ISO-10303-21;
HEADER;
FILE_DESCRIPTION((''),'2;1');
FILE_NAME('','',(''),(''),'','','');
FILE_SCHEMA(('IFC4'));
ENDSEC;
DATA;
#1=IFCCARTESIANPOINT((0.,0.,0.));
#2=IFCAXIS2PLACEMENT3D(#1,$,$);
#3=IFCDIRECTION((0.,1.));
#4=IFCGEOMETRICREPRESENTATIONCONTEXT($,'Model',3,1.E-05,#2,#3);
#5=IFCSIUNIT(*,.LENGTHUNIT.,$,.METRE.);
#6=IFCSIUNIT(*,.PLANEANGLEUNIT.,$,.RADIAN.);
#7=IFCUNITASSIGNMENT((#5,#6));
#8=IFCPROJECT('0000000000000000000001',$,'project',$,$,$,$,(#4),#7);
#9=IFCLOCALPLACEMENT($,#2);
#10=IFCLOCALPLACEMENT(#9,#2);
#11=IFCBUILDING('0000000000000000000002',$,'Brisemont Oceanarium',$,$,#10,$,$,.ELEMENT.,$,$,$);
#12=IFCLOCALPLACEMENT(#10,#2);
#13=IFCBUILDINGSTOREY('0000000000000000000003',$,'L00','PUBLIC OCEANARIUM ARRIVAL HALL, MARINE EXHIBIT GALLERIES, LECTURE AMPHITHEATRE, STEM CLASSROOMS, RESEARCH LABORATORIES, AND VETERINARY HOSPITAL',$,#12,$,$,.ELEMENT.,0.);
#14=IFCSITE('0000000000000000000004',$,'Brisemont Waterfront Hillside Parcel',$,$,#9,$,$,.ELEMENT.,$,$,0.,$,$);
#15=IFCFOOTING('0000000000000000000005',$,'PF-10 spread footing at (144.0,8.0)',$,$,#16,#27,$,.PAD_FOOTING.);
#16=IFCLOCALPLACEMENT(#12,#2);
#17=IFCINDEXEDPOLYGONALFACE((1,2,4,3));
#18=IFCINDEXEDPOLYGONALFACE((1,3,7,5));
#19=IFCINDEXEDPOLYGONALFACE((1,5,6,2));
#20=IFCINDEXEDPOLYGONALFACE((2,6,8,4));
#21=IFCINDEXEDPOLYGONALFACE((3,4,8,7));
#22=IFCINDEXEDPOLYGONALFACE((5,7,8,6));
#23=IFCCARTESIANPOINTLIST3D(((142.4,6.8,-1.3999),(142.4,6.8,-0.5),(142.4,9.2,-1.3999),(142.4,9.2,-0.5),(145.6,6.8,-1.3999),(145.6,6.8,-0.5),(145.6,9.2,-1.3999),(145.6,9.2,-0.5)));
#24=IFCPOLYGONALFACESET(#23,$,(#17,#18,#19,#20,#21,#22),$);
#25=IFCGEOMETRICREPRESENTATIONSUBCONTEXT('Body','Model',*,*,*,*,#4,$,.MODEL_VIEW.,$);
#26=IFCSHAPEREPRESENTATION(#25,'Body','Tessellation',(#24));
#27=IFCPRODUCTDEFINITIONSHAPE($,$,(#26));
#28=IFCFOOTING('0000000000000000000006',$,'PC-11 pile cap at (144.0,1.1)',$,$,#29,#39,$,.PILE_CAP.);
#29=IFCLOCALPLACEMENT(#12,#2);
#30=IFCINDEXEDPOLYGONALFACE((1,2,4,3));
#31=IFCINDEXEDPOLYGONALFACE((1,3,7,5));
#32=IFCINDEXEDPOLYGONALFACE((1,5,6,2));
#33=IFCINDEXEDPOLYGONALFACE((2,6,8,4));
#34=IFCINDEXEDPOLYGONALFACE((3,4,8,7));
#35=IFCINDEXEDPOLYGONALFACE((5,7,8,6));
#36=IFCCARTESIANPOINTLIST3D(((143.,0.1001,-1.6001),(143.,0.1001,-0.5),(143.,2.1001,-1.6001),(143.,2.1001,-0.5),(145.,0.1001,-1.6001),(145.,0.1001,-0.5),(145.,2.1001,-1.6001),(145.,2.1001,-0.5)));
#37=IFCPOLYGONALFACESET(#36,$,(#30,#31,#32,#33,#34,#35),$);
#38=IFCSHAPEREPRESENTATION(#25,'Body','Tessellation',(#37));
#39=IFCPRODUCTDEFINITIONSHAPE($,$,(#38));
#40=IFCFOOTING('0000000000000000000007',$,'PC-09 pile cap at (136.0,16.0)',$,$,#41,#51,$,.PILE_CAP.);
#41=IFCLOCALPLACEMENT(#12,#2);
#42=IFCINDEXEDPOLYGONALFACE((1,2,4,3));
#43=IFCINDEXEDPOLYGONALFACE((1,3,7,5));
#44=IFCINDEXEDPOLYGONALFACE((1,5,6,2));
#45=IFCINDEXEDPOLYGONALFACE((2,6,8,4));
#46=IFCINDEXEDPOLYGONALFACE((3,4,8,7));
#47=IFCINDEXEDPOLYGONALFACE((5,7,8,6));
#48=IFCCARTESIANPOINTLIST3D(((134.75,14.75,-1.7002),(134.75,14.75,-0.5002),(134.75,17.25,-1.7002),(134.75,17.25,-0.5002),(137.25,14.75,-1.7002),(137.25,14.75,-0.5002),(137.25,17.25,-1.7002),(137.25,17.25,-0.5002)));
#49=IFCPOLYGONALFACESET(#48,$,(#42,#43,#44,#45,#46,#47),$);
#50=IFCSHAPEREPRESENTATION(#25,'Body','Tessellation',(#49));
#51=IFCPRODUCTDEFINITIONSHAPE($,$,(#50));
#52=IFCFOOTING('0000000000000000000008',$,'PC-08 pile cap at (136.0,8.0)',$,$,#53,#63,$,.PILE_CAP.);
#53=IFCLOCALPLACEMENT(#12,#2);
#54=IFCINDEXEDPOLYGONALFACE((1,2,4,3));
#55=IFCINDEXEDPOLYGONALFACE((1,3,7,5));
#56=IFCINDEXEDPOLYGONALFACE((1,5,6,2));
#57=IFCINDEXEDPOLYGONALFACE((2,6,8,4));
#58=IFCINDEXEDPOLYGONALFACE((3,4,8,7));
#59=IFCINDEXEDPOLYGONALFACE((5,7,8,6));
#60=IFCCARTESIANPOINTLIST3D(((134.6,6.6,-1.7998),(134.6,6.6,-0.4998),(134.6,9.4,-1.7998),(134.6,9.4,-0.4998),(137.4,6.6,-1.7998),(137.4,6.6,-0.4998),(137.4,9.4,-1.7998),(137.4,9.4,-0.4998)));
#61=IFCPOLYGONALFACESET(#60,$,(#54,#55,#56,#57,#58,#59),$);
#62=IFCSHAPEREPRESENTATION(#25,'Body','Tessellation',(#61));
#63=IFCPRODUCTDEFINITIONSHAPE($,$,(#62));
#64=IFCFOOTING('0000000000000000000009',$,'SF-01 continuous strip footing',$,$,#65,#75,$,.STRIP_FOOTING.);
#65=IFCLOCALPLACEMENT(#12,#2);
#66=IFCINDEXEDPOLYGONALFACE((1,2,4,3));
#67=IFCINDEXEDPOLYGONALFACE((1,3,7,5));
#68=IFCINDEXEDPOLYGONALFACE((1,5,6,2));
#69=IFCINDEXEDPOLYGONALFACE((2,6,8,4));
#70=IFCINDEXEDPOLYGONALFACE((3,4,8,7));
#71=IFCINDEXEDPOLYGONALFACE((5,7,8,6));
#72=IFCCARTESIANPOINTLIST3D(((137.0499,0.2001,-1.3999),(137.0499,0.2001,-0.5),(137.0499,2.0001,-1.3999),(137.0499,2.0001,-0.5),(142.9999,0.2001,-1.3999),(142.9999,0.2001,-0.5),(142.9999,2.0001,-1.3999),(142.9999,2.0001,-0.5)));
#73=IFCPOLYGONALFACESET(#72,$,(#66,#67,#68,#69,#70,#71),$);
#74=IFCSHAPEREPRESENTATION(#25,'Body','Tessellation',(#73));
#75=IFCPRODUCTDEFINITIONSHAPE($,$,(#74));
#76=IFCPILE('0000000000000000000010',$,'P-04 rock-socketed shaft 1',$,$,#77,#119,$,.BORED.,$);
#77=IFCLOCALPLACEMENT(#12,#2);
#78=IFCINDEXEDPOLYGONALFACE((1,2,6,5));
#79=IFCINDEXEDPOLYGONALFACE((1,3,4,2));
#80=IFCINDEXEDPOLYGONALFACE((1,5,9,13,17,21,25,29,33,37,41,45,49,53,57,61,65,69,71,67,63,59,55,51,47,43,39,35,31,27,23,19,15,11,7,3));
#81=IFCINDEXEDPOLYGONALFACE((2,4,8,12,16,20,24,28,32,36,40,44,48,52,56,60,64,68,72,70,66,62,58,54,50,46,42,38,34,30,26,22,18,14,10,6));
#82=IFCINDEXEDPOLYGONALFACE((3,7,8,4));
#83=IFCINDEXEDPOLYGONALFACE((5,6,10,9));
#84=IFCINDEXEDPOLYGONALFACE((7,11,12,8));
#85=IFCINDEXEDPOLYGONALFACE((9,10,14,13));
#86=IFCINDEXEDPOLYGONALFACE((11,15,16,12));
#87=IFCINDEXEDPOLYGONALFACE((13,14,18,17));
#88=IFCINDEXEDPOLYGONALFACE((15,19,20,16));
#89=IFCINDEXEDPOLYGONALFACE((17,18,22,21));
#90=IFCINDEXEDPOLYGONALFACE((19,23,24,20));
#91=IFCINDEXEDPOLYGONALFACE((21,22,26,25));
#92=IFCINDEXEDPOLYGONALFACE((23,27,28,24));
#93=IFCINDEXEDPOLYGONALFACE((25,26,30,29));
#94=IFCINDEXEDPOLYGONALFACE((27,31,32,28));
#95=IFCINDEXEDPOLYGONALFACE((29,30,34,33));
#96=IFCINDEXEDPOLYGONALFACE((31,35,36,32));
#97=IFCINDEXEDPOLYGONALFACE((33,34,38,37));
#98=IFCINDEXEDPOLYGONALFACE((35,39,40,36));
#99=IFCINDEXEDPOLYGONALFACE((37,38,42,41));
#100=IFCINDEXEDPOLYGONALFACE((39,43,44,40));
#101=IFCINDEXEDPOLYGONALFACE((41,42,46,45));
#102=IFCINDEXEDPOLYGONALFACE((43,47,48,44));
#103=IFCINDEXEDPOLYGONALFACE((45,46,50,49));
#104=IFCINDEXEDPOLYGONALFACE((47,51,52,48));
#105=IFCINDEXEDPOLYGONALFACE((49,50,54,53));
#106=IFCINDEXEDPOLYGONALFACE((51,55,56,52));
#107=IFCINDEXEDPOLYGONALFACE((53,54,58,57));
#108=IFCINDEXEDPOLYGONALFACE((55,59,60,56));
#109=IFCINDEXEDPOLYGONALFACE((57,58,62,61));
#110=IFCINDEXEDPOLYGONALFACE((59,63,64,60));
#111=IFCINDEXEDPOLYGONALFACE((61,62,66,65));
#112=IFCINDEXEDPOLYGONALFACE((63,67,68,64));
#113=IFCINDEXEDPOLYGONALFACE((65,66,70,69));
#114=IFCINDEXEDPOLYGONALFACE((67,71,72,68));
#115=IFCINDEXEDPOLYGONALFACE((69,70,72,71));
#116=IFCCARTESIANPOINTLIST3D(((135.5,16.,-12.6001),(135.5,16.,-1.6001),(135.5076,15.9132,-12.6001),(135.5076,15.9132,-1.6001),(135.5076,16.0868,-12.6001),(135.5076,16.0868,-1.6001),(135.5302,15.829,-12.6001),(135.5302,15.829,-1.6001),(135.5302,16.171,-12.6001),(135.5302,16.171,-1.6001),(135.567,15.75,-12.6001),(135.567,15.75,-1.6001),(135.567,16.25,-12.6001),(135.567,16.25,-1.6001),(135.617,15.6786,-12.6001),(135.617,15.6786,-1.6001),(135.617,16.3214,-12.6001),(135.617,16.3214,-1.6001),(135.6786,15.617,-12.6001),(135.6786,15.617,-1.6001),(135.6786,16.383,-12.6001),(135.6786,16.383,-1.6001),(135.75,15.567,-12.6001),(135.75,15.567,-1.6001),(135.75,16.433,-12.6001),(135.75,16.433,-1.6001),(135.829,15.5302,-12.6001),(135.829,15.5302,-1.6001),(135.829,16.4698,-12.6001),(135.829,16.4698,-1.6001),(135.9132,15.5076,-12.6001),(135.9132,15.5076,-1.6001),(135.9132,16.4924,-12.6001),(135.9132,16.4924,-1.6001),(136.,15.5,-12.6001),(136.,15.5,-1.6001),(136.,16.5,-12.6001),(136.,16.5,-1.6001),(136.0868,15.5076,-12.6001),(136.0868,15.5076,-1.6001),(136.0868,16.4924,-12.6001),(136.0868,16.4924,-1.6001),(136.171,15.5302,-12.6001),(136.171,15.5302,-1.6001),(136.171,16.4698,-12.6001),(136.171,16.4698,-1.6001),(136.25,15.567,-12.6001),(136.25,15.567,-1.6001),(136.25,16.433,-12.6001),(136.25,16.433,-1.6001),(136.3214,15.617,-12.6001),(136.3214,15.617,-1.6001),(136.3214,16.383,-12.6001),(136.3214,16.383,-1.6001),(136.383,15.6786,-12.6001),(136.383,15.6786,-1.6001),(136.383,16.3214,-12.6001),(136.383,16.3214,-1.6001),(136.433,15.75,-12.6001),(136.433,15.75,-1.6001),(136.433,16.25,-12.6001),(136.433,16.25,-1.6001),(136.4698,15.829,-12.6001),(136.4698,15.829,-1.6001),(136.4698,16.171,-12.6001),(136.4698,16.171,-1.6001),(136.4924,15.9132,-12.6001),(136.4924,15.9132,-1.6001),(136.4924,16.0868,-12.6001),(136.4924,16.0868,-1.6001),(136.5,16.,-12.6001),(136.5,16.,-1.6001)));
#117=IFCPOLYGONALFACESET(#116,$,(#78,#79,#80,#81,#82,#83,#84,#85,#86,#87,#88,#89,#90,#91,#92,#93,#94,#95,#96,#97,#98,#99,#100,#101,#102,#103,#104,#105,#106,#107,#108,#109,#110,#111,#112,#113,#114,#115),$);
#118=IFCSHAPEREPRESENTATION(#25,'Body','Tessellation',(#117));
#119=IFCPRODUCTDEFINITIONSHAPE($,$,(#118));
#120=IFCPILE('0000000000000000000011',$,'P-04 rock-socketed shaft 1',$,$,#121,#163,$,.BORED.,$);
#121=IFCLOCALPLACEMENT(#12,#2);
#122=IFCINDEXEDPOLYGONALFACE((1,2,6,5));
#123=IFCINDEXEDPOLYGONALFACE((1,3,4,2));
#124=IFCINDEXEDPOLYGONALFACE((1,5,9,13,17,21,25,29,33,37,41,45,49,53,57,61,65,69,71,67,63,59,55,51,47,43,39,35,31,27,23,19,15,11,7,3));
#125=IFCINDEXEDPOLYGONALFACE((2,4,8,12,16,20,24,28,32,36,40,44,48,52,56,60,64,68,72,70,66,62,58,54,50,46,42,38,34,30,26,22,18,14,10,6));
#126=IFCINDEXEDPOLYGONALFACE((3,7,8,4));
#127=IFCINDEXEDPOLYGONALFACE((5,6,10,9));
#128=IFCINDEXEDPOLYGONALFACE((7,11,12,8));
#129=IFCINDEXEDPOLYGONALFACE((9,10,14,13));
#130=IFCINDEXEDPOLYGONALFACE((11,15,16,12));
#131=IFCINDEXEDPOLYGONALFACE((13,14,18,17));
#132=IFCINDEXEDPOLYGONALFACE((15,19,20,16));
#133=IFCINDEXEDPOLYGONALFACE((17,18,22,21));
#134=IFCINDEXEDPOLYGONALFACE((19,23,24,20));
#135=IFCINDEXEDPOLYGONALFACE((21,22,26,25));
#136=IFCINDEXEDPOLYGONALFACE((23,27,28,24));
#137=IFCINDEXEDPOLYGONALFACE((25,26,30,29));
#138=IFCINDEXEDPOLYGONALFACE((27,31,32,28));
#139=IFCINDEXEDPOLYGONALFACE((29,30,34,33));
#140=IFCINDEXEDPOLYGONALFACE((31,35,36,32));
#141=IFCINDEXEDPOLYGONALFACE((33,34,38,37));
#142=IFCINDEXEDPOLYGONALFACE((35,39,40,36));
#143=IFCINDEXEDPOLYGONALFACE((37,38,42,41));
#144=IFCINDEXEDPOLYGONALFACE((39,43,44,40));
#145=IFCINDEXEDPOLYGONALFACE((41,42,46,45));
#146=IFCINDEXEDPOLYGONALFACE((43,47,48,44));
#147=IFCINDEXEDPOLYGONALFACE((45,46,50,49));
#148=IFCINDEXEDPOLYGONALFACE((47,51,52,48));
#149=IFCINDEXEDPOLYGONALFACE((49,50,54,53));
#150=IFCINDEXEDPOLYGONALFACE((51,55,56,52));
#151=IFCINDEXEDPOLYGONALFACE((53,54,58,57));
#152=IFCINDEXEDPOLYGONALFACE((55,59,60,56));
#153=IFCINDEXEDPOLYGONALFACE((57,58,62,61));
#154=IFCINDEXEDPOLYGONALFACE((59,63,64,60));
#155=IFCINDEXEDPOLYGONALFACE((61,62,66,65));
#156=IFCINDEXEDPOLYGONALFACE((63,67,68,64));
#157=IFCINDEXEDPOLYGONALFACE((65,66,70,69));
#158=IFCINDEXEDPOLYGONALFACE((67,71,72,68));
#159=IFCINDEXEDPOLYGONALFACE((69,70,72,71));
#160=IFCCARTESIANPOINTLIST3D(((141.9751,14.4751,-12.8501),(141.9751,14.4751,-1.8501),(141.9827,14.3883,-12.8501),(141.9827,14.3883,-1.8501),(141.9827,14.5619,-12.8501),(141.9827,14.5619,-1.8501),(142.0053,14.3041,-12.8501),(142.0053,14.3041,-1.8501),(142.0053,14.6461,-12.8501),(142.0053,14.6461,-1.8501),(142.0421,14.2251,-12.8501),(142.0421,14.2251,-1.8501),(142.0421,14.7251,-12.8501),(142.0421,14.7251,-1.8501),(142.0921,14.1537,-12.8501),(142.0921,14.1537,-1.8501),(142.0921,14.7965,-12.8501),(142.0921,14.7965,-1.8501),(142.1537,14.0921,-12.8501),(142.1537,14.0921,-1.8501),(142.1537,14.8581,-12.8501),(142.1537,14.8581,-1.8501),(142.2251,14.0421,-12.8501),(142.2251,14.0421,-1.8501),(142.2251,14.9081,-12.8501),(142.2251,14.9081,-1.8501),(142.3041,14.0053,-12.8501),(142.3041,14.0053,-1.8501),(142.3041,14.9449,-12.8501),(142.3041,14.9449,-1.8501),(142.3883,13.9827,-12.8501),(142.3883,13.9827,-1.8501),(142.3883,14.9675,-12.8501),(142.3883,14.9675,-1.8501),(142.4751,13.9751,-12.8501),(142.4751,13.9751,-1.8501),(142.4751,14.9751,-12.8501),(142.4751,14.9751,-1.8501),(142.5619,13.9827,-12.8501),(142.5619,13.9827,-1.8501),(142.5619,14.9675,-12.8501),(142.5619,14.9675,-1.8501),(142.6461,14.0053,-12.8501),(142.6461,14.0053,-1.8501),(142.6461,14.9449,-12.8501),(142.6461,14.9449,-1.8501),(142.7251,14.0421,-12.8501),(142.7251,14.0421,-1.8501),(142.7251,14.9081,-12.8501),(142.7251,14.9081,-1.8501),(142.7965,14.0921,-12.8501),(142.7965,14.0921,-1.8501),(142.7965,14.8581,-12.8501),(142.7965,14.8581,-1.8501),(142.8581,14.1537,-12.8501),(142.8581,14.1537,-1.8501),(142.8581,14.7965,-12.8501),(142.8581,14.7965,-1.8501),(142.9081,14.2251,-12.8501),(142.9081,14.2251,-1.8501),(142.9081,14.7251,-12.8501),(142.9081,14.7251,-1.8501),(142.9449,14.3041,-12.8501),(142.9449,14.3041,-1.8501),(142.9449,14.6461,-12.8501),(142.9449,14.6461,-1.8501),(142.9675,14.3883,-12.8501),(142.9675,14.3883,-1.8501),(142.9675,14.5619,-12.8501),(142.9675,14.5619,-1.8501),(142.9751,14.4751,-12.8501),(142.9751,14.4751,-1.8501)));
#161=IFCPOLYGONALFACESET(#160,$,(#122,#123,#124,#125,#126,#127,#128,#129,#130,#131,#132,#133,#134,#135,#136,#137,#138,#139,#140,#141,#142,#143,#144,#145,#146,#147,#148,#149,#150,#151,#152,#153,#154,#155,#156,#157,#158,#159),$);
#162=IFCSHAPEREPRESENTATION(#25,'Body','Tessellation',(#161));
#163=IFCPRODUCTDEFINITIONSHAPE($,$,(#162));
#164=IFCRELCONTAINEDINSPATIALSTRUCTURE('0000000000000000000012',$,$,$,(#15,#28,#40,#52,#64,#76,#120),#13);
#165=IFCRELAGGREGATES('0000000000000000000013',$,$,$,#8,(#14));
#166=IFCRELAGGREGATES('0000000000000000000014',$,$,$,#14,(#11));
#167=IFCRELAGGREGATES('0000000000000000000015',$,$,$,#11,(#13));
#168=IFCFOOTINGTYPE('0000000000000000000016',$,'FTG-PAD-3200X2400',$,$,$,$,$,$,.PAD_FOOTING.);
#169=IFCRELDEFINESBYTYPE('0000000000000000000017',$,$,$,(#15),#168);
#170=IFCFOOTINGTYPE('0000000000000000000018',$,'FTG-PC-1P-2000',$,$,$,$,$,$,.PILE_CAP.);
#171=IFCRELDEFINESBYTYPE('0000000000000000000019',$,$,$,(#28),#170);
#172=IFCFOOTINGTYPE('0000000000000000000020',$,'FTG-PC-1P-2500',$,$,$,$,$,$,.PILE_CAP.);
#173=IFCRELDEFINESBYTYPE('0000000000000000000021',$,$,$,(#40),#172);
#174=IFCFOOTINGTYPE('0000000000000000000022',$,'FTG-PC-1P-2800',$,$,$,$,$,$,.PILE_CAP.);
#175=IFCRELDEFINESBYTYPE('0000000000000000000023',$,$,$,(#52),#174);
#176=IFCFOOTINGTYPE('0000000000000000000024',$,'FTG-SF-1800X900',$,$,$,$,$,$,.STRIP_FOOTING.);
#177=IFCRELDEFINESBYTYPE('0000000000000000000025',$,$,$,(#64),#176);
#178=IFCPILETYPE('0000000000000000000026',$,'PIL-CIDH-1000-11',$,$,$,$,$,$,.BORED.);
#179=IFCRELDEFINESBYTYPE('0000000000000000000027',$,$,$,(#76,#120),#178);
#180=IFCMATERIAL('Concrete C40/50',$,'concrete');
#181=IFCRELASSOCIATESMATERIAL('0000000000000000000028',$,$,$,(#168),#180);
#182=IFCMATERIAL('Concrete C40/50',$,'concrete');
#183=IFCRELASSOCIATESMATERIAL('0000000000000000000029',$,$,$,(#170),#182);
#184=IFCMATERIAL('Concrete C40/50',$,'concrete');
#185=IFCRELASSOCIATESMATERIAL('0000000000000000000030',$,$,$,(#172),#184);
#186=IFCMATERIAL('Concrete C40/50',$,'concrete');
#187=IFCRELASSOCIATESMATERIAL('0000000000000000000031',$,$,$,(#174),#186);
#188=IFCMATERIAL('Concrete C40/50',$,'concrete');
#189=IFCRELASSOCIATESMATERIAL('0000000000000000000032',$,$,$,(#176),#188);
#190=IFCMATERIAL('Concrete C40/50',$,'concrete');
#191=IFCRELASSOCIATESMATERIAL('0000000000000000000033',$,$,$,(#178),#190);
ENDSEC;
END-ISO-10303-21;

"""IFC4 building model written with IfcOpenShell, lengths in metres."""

from ifc_helpers import new_model, si_unit, direction, frame, origin, origin_2d, place, context, subcontext, project, spatial, rectangle, circle, extrude, material, material_profile, profile_set, type_object, element, save


model = new_model("IFC4")

# Units and contexts
model_context = context("Model", 3, precision=1e-05, world=origin(), true_north=direction((0.0, 1.0)))
body_context = subcontext(model_context, "Body", "Model", "MODEL_VIEW")
ifc_project = project(units=[si_unit("LENGTHUNIT", "METRE"), si_unit("PLANEANGLEUNIT", "RADIAN")], contexts=[model_context])

# Site, building, storey
site_placement = place(None, origin())
site = spatial("IfcSite", under=ifc_project, at=site_placement, Name="Brisemont Waterfront Hillside Parcel", CompositionType="ELEMENT", RefElevation=0.0)
building_placement = place(site_placement, origin())
building = spatial("IfcBuilding", under=site, at=building_placement, Name="Brisemont Oceanarium", CompositionType="ELEMENT")
storey_placement = place(building_placement, origin())
storey = spatial("IfcBuildingStorey", under=building, at=storey_placement, Name="L00", Description="PUBLIC OCEANARIUM ARRIVAL HALL, MARINE EXHIBIT GALLERIES, LECTURE AMPHITHEATRE, STEM CLASSROOMS, RESEARCH LABORATORIES, AND VETERINARY HOSPITAL", CompositionType="ELEMENT", Elevation=0.0)

# Footings
ifc_material_1 = material(Name="Concrete C40/50", Category="concrete")
footing_type_1 = type_object("IfcFootingType", Name="FTG-PAD-3200X2400", PredefinedType="PAD_FOOTING", material=ifc_material_1)
footing_1_placement = place(storey_placement, frame((144.0, 8.0, -1.3999), z_axis=(0.0, 0.0, 1.0), x_axis=(1.0, 0.0, 0.0)))
element("IfcFooting", 1, at=footing_1_placement, inside=storey, type_object=footing_type_1, Name="PF-10 spread footing at (144.0,8.0)", PredefinedType="PAD_FOOTING", context=body_context, shape_type="SweptSolid", body=[
    extrude(rectangle(XDim=3.2, YDim=2.3999, at=origin_2d()), origin(), (0.0, 0.0, 1.0), 0.8999),
])
ifc_material_2 = material(Name="Concrete C40/50", Category="concrete")
footing_type_2 = type_object("IfcFootingType", Name="FTG-PC-1P-2000", PredefinedType="PILE_CAP", material=ifc_material_2)
footing_2_placement = place(storey_placement, frame((144.0, 1.1001, -1.6001), z_axis=(0.0, 0.0, 1.0), x_axis=(1.0, 0.0, 0.0)))
element("IfcFooting", 2, at=footing_2_placement, inside=storey, type_object=footing_type_2, Name="PC-11 pile cap at (144.0,1.1)", PredefinedType="PILE_CAP", context=body_context, shape_type="SweptSolid", body=[
    extrude(rectangle(XDim=2.0, YDim=2.0, at=origin_2d()), origin(), (0.0, 0.0, 1.0), 1.1001),
])
ifc_material_3 = material(Name="Concrete C40/50", Category="concrete")
footing_type_3 = type_object("IfcFootingType", Name="FTG-PC-1P-2500", PredefinedType="PILE_CAP", material=ifc_material_3)
footing_3_placement = place(storey_placement, frame((136.0, 16.0, -1.7002), z_axis=(0.0, 0.0, 1.0), x_axis=(1.0, 0.0, 0.0)))
element("IfcFooting", 3, at=footing_3_placement, inside=storey, type_object=footing_type_3, Name="PC-09 pile cap at (136.0,16.0)", PredefinedType="PILE_CAP", context=body_context, shape_type="SweptSolid", body=[
    extrude(rectangle(XDim=2.5, YDim=2.5, at=origin_2d()), origin(), (0.0, 0.0, 1.0), 1.2),
])
ifc_material_4 = material(Name="Concrete C40/50", Category="concrete")
footing_type_4 = type_object("IfcFootingType", Name="FTG-PC-1P-2800", PredefinedType="PILE_CAP", material=ifc_material_4)
footing_4_placement = place(storey_placement, frame((136.0, 8.0, -1.7998), z_axis=(0.0, 0.0, 1.0), x_axis=(1.0, 0.0, 0.0)))
element("IfcFooting", 4, at=footing_4_placement, inside=storey, type_object=footing_type_4, Name="PC-08 pile cap at (136.0,8.0)", PredefinedType="PILE_CAP", context=body_context, shape_type="SweptSolid", body=[
    extrude(rectangle(XDim=2.8, YDim=2.8, at=origin_2d()), origin(), (0.0, 0.0, 1.0), 1.3),
])
ifc_material_5 = material(Name="Concrete C40/50", Category="concrete")
footing_type_5 = type_object("IfcFootingType", Name="FTG-SF-1800X900", PredefinedType="STRIP_FOOTING", material=ifc_material_5)
footing_5_placement = place(storey_placement, frame((140.0249, 1.1001, -1.3999), z_axis=(0.0, 0.0, 1.0), x_axis=(1.0, 0.0, 0.0)))
element("IfcFooting", 5, at=footing_5_placement, inside=storey, type_object=footing_type_5, Name="SF-01 continuous strip footing", PredefinedType="STRIP_FOOTING", context=body_context, shape_type="SweptSolid", body=[
    extrude(rectangle(XDim=5.95, YDim=1.8, at=origin_2d()), origin(), (0.0, 0.0, 1.0), 0.8999),
])

# Piles
ifc_material_6 = material(Name="Concrete C40/50", Category="concrete")
ifc_material_profile_1 = material_profile(ifc_material_6, circle(Radius=0.5, at=origin_2d()), Name="CIDH-D1000")
ifc_profile_set_1 = profile_set([ifc_material_profile_1], Name="Concrete C40/50")
pile_type_1 = type_object("IfcPileType", Name="PIL-CIDH-1000-11", PredefinedType="BORED", material=ifc_profile_set_1)
for number, where, z_axis, x_axis, name in (
    (6, (136.0, 16.0, -1.6001), (0.0, 0.0, -1.0), (1.0, 0.0, 0.0), "P-04 rock-socketed shaft 1"),
    (7, (142.4751, 14.4751, -1.8501), (0.0, 0.0, -1.0), (1.0, 0.0, 0.0), "P-04 rock-socketed shaft 1"),
):
    element("IfcPile", number, at=place(storey_placement, frame(where, z_axis=z_axis, x_axis=x_axis)), inside=storey, type_object=pile_type_1, Name=name, PredefinedType="BORED", context=body_context, shape_type="SweptSolid", body=[
        extrude(circle(Radius=0.5, at=origin_2d()), origin(), (0.0, 0.0, 1.0), 11.0),
    ])

save(model, "model.ifc")
